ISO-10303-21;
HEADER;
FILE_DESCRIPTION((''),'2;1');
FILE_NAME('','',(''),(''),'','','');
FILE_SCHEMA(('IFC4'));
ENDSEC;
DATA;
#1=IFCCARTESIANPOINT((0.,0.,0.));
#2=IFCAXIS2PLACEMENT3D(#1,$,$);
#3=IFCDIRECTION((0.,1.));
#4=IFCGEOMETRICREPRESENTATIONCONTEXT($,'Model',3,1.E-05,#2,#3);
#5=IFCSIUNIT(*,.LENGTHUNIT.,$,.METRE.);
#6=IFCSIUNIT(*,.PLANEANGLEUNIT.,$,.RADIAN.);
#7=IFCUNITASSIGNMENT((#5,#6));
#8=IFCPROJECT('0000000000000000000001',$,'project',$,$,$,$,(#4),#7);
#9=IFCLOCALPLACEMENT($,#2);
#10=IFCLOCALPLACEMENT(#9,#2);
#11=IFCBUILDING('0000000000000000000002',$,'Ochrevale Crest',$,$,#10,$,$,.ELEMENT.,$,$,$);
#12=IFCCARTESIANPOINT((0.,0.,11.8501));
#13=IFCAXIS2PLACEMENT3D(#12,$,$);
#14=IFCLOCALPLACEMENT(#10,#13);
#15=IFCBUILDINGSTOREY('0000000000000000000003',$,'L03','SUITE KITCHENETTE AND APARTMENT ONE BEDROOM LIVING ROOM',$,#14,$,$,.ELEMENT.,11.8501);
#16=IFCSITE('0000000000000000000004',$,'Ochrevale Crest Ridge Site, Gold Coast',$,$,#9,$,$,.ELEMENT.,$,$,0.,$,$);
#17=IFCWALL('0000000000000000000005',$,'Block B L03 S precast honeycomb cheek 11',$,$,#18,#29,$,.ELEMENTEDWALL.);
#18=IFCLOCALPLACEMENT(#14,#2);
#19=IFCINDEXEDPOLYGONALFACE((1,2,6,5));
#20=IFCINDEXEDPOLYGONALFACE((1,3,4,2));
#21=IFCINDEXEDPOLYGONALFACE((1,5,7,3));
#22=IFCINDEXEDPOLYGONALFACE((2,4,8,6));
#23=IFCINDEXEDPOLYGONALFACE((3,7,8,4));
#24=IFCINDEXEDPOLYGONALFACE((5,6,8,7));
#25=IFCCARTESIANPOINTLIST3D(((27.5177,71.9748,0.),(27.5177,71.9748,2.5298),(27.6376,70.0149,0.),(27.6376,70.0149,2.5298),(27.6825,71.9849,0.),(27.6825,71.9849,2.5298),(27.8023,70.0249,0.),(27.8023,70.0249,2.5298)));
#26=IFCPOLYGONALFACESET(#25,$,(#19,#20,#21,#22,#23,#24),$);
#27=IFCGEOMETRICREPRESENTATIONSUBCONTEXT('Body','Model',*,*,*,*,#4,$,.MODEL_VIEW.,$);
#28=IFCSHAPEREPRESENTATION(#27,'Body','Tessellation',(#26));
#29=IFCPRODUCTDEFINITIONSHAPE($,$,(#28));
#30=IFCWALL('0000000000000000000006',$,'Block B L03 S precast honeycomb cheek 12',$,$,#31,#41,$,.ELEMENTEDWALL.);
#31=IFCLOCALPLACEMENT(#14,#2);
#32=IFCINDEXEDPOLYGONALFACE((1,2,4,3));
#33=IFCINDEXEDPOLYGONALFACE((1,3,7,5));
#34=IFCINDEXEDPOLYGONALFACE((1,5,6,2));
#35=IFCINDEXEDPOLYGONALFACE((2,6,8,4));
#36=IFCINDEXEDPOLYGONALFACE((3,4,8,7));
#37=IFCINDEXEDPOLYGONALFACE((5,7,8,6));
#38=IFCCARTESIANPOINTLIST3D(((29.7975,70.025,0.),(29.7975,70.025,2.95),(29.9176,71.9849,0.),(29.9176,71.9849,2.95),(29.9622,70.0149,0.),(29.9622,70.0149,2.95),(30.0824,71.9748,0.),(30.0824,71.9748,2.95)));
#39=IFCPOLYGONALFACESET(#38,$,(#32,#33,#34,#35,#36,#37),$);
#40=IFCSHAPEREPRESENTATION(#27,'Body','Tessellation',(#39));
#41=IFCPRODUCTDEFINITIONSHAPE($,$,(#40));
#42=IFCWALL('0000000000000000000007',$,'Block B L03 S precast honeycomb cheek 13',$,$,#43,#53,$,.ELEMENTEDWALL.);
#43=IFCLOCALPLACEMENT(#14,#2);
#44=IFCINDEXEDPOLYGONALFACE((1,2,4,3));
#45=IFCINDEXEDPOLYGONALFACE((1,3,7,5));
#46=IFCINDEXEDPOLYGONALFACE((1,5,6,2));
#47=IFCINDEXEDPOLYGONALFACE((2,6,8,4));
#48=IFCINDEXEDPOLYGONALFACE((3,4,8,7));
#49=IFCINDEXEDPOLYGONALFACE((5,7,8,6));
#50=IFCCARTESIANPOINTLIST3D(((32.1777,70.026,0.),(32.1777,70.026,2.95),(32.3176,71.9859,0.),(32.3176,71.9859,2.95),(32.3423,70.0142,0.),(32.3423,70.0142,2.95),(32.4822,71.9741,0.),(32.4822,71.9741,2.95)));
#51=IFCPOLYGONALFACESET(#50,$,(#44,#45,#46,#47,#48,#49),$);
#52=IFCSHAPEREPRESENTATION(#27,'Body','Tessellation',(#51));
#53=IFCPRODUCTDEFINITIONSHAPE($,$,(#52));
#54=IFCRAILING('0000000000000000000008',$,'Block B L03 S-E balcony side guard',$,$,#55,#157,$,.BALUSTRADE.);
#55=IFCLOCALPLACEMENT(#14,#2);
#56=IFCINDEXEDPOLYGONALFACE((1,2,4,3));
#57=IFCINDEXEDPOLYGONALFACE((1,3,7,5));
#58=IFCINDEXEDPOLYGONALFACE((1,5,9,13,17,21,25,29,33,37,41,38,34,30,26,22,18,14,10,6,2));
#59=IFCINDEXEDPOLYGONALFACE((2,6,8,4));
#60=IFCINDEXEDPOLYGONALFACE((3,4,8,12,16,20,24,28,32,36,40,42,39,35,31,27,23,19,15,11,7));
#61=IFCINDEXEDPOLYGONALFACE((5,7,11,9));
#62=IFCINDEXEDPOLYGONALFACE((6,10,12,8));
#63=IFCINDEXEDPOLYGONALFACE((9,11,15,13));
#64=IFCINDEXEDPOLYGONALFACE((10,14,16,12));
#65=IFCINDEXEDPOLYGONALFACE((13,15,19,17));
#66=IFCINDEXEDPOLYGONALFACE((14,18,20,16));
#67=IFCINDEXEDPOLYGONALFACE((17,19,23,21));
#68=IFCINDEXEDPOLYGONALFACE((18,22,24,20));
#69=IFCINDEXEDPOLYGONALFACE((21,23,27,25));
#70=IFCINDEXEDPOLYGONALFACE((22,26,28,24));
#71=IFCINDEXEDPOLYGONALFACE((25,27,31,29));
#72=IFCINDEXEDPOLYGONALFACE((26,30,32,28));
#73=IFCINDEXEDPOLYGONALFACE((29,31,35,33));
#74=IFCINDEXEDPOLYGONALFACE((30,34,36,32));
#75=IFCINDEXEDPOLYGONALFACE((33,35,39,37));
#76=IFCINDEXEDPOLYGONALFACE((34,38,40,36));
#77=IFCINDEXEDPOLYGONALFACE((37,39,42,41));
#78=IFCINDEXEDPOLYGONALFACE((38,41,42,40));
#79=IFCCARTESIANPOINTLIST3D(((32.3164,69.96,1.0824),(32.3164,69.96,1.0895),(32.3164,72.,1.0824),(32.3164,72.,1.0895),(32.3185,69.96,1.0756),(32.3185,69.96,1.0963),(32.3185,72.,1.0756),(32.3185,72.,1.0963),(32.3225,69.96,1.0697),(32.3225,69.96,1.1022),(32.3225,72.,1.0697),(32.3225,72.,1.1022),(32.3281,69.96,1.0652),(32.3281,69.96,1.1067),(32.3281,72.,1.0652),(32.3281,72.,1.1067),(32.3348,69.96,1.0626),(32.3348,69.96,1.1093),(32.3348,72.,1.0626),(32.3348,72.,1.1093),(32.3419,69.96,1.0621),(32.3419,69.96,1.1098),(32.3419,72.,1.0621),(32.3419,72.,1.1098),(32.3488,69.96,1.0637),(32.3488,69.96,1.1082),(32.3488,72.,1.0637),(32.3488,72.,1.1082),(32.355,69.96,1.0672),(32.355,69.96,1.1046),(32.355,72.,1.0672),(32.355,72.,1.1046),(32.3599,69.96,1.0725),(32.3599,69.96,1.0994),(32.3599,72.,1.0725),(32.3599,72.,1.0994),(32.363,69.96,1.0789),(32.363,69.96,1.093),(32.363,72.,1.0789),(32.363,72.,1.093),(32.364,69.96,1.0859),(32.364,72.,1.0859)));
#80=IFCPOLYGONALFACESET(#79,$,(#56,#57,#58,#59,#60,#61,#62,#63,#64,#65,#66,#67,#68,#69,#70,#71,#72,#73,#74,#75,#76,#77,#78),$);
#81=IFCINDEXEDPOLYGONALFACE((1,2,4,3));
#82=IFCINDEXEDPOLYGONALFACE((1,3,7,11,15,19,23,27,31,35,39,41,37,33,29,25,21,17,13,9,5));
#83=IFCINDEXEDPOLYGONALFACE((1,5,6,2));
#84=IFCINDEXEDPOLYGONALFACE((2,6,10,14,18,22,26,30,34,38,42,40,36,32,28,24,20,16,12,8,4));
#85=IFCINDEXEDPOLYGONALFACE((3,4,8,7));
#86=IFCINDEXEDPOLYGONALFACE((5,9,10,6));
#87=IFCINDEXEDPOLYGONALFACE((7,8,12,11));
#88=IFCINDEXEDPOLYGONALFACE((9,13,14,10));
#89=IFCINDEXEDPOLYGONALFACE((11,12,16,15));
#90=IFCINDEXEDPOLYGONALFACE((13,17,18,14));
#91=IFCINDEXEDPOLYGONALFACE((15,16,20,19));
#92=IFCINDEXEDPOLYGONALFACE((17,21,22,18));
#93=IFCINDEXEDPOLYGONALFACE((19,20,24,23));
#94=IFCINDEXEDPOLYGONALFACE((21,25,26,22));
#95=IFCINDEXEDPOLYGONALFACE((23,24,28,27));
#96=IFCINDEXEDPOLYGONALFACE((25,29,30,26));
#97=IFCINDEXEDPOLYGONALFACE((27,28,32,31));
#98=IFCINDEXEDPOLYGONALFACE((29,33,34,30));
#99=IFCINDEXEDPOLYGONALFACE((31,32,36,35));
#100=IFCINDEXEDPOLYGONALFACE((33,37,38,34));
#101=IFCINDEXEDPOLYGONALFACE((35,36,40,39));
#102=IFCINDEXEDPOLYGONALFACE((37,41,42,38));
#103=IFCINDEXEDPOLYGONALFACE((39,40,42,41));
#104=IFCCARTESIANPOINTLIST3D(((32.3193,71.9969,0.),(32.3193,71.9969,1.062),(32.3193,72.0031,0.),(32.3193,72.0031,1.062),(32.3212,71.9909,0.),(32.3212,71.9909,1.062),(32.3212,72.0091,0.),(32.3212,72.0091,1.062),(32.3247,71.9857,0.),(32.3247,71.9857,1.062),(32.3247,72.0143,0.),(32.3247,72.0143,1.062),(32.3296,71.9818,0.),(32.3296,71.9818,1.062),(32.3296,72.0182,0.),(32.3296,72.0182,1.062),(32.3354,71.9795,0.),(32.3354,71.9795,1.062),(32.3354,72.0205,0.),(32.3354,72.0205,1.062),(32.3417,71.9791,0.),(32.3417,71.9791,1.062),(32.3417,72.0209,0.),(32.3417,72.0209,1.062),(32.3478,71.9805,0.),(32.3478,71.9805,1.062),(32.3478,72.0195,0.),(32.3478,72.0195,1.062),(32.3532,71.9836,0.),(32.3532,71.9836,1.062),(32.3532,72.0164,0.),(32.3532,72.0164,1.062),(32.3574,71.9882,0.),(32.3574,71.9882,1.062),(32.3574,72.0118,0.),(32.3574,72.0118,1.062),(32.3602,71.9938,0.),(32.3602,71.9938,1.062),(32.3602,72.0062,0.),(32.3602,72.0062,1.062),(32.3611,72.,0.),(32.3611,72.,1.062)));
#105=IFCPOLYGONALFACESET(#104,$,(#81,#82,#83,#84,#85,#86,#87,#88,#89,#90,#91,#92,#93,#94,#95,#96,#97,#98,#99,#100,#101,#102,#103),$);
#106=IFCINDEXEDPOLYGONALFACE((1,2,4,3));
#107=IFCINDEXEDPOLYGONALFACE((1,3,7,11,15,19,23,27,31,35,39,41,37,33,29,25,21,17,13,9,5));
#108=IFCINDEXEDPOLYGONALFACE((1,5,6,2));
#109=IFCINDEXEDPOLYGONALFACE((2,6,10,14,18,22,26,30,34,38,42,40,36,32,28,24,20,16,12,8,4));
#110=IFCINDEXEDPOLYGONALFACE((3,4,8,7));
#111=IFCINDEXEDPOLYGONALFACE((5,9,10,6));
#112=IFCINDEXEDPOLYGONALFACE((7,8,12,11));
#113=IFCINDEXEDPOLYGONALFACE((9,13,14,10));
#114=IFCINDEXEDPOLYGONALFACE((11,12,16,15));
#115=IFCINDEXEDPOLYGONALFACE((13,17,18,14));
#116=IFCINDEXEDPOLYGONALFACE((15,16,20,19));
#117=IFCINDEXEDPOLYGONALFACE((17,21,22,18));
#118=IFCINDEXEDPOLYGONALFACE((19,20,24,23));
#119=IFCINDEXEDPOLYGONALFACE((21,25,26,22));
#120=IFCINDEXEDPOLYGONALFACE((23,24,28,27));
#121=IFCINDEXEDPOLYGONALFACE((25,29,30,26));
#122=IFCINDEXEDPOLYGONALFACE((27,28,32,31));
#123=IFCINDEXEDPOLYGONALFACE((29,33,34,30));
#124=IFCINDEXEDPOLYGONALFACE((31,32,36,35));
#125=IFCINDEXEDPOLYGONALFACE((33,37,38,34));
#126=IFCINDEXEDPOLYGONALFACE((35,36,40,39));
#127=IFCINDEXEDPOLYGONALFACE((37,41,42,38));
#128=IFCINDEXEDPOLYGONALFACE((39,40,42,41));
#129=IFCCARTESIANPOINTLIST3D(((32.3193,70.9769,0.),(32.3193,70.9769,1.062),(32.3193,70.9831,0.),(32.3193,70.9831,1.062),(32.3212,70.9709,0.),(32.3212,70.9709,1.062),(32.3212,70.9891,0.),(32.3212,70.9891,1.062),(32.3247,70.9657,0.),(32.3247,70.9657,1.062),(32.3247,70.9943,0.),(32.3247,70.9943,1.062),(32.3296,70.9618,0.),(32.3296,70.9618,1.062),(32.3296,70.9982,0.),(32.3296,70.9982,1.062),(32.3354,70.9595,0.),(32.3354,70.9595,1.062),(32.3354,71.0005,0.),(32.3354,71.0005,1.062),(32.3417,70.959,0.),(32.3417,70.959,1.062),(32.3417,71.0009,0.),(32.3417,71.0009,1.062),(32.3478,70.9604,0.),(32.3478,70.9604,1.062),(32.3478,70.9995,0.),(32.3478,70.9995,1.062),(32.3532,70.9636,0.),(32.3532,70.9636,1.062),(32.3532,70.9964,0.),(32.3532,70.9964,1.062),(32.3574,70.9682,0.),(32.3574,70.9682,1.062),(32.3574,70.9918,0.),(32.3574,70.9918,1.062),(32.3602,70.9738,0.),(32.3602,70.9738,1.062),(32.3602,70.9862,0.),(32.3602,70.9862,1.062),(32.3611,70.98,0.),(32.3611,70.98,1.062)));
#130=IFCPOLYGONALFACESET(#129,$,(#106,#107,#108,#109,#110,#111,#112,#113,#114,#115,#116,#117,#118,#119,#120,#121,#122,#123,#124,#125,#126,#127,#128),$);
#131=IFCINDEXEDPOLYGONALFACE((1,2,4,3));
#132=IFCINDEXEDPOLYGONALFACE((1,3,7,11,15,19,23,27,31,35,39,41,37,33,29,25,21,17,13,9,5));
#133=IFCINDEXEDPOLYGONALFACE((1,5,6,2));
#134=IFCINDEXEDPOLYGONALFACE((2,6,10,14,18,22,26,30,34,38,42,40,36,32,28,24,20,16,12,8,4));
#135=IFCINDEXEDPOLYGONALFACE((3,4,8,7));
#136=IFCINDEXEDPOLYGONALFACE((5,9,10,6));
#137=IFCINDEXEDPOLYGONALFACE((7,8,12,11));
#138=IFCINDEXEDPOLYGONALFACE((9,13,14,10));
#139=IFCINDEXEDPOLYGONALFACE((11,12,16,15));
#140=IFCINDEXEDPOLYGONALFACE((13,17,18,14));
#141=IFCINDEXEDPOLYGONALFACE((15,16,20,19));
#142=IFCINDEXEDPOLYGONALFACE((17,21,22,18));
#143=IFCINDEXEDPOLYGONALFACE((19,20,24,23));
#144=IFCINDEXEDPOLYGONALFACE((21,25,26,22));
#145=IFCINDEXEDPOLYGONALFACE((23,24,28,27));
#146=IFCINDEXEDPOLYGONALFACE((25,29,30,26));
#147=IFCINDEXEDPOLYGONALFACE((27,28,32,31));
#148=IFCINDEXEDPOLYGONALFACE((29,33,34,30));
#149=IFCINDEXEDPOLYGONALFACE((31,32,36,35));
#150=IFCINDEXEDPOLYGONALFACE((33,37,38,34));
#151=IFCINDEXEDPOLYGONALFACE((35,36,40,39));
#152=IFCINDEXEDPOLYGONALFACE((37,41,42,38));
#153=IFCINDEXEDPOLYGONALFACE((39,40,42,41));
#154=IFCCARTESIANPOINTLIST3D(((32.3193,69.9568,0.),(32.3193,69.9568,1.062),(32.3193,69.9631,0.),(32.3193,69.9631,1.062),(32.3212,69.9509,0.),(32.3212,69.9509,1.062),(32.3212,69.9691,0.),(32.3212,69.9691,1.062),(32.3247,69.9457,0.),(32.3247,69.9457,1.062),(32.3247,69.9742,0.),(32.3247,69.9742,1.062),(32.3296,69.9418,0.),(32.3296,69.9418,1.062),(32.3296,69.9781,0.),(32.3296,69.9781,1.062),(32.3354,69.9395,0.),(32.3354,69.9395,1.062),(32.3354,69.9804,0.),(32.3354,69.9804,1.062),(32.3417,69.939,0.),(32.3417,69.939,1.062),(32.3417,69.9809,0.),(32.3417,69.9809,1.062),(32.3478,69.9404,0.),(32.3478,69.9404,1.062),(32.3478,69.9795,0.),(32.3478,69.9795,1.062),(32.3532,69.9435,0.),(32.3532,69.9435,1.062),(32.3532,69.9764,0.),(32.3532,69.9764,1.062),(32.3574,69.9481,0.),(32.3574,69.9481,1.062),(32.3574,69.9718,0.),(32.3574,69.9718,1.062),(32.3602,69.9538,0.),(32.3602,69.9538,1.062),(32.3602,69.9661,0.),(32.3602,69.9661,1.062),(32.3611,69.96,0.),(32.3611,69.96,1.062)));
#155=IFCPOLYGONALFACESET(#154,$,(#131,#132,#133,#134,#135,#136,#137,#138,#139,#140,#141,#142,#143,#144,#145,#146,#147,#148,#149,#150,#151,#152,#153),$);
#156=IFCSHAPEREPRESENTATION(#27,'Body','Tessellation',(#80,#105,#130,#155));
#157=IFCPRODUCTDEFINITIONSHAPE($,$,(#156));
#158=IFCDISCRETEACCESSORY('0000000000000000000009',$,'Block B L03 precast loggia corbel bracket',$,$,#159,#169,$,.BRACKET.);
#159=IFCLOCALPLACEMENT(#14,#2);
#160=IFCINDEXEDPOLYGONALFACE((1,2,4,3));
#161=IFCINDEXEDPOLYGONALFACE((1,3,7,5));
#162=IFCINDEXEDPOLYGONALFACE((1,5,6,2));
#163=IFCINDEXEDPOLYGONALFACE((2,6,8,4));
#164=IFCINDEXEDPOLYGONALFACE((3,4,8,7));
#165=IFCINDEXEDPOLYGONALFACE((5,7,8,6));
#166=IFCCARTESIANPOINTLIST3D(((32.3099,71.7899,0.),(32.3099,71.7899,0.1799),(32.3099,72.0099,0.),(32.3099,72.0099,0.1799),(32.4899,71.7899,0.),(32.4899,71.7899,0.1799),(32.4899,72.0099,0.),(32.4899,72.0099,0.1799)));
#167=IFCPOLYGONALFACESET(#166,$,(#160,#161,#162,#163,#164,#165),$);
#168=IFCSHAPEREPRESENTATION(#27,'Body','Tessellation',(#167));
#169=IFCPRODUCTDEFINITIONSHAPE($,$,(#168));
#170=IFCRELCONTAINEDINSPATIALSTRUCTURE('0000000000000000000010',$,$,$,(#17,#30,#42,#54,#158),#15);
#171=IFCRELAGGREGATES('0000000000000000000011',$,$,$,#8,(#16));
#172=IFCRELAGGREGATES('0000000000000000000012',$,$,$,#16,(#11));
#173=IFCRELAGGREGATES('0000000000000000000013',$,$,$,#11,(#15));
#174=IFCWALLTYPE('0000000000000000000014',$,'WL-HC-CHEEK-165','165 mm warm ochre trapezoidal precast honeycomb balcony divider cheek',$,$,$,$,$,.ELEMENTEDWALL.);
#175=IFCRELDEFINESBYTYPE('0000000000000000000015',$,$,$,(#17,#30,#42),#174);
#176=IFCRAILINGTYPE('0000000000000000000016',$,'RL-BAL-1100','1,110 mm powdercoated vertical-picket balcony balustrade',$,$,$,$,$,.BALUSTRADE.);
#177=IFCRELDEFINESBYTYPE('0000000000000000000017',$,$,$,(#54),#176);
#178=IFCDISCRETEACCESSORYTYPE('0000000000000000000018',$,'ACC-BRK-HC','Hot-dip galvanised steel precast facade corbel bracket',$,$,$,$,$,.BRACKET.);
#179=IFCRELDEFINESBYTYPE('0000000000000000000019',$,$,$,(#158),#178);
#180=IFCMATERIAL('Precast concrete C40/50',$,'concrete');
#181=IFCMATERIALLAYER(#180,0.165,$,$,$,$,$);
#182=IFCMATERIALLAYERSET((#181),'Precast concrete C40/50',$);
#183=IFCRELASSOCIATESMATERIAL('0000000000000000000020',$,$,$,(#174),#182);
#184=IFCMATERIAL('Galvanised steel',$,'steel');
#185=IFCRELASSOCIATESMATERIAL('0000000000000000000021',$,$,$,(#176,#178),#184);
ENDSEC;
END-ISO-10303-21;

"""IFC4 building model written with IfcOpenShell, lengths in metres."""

from ifc_helpers import new_model, si_unit, direction, frame, frame_2d, origin, origin_2d, place, context, subcontext, project, spatial, rectangle, circle, extrude, material, layer, layer_set, type_object, element, save


model = new_model("IFC4")

# Units and contexts
model_context = context("Model", 3, precision=1e-05, world=origin(), true_north=direction((0.0, 1.0)))
body_context = subcontext(model_context, "Body", "Model", "MODEL_VIEW")
ifc_project = project(units=[si_unit("LENGTHUNIT", "METRE"), si_unit("PLANEANGLEUNIT", "RADIAN")], contexts=[model_context])

# Site, building, storey
site_placement = place(None, origin())
site = spatial("IfcSite", under=ifc_project, at=site_placement, Name="Ochrevale Crest Ridge Site, Gold Coast", CompositionType="ELEMENT", RefElevation=0.0)
building_placement = place(site_placement, origin())
building = spatial("IfcBuilding", under=site, at=building_placement, Name="Ochrevale Crest", CompositionType="ELEMENT")
storey_placement = place(building_placement, frame((0.0, 0.0, 11.8501)))
storey = spatial("IfcBuildingStorey", under=building, at=storey_placement, Name="L03", Description="SUITE KITCHENETTE AND APARTMENT ONE BEDROOM LIVING ROOM", CompositionType="ELEMENT", Elevation=11.8501)

# Shared definitions
ifc_material_1 = material(Name="Precast concrete C40/50", Category="concrete")

# Walls
ifc_layer_1 = layer(ifc_material_1, 0.165)
ifc_layer_set_1 = layer_set([ifc_layer_1], Name="Precast concrete C40/50")
wall_type = type_object("IfcWallType", Name="WL-HC-CHEEK-165", Description="165 mm warm ochre trapezoidal precast honeycomb balcony divider cheek", PredefinedType="ELEMENTEDWALL", material=ifc_layer_set_1)
for number, where, z_axis, x_axis, name in (
    (1, (27.6001, 71.98, 0.0), (0.0, 0.0, 1.0), (0.061047, -0.998135, 0.0), "Block B L03 S precast honeycomb cheek 11"),
):
    element("IfcWall", number, at=place(storey_placement, frame(where, z_axis=z_axis, x_axis=x_axis)), inside=storey, type_object=wall_type, Name=name, PredefinedType="ELEMENTEDWALL", context=body_context, shape_type="SweptSolid", body=[
        extrude(rectangle(XDim=1.9636, YDim=0.165, at=frame_2d((0.9819, 0.0))), origin(), (0.0, 0.0, 1.0), 2.5298),
    ])
wall_1_placement = place(storey_placement, frame((30.0, 71.98, 0.0), z_axis=(0.0, 0.0, 1.0), x_axis=(-0.061171, -0.998127, 0.0)))
element("IfcWall", 2, at=wall_1_placement, inside=storey, type_object=wall_type, Name="Block B L03 S precast honeycomb cheek 12", PredefinedType="ELEMENTEDWALL", context=body_context, shape_type="SweptSolid", body=[
    extrude(rectangle(XDim=1.9636, YDim=0.165, at=frame_2d((0.9819, 0.0))), origin(), (0.0, 0.0, 1.0), 2.95),
])
wall_2_placement = place(storey_placement, frame((32.3999, 71.98, 0.0), z_axis=(0.0, 0.0, 1.0), x_axis=(-0.071194, -0.997462, 0.0)))
element("IfcWall", 3, at=wall_2_placement, inside=storey, type_object=wall_type, Name="Block B L03 S precast honeycomb cheek 13", PredefinedType="ELEMENTEDWALL", context=body_context, shape_type="SweptSolid", body=[
    extrude(rectangle(XDim=1.9648, YDim=0.165, at=frame_2d((0.9824, 0.0))), origin(), (0.0, 0.0, 1.0), 2.95),
])

# Railing
ifc_material_2 = material(Name="Galvanised steel", Category="steel")
railing_type = type_object("IfcRailingType", Name="RL-BAL-1100", Description="1,110 mm powdercoated vertical-picket balcony balustrade", PredefinedType="BALUSTRADE", material=ifc_material_2)
railing_placement = place(storey_placement, frame((32.3401, 72.0, 0.0)))
element("IfcRailing", 4, at=railing_placement, inside=storey, type_object=railing_type, Name="Block B L03 S-E balcony side guard", PredefinedType="BALUSTRADE", context=body_context, shape_type="SweptSolid", body=[
    extrude(circle(Radius=0.0239, at=origin_2d()), frame((0.0, 0.0, 1.0859), z_axis=(0.0, -1.0, 0.0), x_axis=(1.0, 0.0, 0.0)), (0.0, 0.0, 1.0), 2.04),
    extrude(circle(Radius=0.021, at=origin_2d()), origin(), (0.0, 0.0, 1.0), 1.062),
    extrude(circle(Radius=0.021, at=origin_2d()), frame((0.0, -1.02, 0.0)), (0.0, 0.0, 1.0), 1.062),
    extrude(circle(Radius=0.021, at=origin_2d()), frame((0.0, -2.04, 0.0)), (0.0, 0.0, 1.0), 1.062),
])

# Discrete accessory
discrete_accessory_type = type_object("IfcDiscreteAccessoryType", Name="ACC-BRK-HC", Description="Hot-dip galvanised steel precast facade corbel bracket", PredefinedType="BRACKET", material=ifc_material_2)
discrete_accessory_placement = place(storey_placement, frame((32.3999, 71.8999, 0.0), z_axis=(0.0, 0.0, 1.0), x_axis=(1.0, 0.0, 0.0)))
element("IfcDiscreteAccessory", 5, at=discrete_accessory_placement, inside=storey, type_object=discrete_accessory_type, Name="Block B L03 precast loggia corbel bracket", PredefinedType="BRACKET", context=body_context, shape_type="SweptSolid", body=[
    extrude(rectangle(XDim=0.1799, YDim=0.22, at=origin_2d()), origin(), (0.0, 0.0, 1.0), 0.1799),
])

save(model, "model.ifc")
